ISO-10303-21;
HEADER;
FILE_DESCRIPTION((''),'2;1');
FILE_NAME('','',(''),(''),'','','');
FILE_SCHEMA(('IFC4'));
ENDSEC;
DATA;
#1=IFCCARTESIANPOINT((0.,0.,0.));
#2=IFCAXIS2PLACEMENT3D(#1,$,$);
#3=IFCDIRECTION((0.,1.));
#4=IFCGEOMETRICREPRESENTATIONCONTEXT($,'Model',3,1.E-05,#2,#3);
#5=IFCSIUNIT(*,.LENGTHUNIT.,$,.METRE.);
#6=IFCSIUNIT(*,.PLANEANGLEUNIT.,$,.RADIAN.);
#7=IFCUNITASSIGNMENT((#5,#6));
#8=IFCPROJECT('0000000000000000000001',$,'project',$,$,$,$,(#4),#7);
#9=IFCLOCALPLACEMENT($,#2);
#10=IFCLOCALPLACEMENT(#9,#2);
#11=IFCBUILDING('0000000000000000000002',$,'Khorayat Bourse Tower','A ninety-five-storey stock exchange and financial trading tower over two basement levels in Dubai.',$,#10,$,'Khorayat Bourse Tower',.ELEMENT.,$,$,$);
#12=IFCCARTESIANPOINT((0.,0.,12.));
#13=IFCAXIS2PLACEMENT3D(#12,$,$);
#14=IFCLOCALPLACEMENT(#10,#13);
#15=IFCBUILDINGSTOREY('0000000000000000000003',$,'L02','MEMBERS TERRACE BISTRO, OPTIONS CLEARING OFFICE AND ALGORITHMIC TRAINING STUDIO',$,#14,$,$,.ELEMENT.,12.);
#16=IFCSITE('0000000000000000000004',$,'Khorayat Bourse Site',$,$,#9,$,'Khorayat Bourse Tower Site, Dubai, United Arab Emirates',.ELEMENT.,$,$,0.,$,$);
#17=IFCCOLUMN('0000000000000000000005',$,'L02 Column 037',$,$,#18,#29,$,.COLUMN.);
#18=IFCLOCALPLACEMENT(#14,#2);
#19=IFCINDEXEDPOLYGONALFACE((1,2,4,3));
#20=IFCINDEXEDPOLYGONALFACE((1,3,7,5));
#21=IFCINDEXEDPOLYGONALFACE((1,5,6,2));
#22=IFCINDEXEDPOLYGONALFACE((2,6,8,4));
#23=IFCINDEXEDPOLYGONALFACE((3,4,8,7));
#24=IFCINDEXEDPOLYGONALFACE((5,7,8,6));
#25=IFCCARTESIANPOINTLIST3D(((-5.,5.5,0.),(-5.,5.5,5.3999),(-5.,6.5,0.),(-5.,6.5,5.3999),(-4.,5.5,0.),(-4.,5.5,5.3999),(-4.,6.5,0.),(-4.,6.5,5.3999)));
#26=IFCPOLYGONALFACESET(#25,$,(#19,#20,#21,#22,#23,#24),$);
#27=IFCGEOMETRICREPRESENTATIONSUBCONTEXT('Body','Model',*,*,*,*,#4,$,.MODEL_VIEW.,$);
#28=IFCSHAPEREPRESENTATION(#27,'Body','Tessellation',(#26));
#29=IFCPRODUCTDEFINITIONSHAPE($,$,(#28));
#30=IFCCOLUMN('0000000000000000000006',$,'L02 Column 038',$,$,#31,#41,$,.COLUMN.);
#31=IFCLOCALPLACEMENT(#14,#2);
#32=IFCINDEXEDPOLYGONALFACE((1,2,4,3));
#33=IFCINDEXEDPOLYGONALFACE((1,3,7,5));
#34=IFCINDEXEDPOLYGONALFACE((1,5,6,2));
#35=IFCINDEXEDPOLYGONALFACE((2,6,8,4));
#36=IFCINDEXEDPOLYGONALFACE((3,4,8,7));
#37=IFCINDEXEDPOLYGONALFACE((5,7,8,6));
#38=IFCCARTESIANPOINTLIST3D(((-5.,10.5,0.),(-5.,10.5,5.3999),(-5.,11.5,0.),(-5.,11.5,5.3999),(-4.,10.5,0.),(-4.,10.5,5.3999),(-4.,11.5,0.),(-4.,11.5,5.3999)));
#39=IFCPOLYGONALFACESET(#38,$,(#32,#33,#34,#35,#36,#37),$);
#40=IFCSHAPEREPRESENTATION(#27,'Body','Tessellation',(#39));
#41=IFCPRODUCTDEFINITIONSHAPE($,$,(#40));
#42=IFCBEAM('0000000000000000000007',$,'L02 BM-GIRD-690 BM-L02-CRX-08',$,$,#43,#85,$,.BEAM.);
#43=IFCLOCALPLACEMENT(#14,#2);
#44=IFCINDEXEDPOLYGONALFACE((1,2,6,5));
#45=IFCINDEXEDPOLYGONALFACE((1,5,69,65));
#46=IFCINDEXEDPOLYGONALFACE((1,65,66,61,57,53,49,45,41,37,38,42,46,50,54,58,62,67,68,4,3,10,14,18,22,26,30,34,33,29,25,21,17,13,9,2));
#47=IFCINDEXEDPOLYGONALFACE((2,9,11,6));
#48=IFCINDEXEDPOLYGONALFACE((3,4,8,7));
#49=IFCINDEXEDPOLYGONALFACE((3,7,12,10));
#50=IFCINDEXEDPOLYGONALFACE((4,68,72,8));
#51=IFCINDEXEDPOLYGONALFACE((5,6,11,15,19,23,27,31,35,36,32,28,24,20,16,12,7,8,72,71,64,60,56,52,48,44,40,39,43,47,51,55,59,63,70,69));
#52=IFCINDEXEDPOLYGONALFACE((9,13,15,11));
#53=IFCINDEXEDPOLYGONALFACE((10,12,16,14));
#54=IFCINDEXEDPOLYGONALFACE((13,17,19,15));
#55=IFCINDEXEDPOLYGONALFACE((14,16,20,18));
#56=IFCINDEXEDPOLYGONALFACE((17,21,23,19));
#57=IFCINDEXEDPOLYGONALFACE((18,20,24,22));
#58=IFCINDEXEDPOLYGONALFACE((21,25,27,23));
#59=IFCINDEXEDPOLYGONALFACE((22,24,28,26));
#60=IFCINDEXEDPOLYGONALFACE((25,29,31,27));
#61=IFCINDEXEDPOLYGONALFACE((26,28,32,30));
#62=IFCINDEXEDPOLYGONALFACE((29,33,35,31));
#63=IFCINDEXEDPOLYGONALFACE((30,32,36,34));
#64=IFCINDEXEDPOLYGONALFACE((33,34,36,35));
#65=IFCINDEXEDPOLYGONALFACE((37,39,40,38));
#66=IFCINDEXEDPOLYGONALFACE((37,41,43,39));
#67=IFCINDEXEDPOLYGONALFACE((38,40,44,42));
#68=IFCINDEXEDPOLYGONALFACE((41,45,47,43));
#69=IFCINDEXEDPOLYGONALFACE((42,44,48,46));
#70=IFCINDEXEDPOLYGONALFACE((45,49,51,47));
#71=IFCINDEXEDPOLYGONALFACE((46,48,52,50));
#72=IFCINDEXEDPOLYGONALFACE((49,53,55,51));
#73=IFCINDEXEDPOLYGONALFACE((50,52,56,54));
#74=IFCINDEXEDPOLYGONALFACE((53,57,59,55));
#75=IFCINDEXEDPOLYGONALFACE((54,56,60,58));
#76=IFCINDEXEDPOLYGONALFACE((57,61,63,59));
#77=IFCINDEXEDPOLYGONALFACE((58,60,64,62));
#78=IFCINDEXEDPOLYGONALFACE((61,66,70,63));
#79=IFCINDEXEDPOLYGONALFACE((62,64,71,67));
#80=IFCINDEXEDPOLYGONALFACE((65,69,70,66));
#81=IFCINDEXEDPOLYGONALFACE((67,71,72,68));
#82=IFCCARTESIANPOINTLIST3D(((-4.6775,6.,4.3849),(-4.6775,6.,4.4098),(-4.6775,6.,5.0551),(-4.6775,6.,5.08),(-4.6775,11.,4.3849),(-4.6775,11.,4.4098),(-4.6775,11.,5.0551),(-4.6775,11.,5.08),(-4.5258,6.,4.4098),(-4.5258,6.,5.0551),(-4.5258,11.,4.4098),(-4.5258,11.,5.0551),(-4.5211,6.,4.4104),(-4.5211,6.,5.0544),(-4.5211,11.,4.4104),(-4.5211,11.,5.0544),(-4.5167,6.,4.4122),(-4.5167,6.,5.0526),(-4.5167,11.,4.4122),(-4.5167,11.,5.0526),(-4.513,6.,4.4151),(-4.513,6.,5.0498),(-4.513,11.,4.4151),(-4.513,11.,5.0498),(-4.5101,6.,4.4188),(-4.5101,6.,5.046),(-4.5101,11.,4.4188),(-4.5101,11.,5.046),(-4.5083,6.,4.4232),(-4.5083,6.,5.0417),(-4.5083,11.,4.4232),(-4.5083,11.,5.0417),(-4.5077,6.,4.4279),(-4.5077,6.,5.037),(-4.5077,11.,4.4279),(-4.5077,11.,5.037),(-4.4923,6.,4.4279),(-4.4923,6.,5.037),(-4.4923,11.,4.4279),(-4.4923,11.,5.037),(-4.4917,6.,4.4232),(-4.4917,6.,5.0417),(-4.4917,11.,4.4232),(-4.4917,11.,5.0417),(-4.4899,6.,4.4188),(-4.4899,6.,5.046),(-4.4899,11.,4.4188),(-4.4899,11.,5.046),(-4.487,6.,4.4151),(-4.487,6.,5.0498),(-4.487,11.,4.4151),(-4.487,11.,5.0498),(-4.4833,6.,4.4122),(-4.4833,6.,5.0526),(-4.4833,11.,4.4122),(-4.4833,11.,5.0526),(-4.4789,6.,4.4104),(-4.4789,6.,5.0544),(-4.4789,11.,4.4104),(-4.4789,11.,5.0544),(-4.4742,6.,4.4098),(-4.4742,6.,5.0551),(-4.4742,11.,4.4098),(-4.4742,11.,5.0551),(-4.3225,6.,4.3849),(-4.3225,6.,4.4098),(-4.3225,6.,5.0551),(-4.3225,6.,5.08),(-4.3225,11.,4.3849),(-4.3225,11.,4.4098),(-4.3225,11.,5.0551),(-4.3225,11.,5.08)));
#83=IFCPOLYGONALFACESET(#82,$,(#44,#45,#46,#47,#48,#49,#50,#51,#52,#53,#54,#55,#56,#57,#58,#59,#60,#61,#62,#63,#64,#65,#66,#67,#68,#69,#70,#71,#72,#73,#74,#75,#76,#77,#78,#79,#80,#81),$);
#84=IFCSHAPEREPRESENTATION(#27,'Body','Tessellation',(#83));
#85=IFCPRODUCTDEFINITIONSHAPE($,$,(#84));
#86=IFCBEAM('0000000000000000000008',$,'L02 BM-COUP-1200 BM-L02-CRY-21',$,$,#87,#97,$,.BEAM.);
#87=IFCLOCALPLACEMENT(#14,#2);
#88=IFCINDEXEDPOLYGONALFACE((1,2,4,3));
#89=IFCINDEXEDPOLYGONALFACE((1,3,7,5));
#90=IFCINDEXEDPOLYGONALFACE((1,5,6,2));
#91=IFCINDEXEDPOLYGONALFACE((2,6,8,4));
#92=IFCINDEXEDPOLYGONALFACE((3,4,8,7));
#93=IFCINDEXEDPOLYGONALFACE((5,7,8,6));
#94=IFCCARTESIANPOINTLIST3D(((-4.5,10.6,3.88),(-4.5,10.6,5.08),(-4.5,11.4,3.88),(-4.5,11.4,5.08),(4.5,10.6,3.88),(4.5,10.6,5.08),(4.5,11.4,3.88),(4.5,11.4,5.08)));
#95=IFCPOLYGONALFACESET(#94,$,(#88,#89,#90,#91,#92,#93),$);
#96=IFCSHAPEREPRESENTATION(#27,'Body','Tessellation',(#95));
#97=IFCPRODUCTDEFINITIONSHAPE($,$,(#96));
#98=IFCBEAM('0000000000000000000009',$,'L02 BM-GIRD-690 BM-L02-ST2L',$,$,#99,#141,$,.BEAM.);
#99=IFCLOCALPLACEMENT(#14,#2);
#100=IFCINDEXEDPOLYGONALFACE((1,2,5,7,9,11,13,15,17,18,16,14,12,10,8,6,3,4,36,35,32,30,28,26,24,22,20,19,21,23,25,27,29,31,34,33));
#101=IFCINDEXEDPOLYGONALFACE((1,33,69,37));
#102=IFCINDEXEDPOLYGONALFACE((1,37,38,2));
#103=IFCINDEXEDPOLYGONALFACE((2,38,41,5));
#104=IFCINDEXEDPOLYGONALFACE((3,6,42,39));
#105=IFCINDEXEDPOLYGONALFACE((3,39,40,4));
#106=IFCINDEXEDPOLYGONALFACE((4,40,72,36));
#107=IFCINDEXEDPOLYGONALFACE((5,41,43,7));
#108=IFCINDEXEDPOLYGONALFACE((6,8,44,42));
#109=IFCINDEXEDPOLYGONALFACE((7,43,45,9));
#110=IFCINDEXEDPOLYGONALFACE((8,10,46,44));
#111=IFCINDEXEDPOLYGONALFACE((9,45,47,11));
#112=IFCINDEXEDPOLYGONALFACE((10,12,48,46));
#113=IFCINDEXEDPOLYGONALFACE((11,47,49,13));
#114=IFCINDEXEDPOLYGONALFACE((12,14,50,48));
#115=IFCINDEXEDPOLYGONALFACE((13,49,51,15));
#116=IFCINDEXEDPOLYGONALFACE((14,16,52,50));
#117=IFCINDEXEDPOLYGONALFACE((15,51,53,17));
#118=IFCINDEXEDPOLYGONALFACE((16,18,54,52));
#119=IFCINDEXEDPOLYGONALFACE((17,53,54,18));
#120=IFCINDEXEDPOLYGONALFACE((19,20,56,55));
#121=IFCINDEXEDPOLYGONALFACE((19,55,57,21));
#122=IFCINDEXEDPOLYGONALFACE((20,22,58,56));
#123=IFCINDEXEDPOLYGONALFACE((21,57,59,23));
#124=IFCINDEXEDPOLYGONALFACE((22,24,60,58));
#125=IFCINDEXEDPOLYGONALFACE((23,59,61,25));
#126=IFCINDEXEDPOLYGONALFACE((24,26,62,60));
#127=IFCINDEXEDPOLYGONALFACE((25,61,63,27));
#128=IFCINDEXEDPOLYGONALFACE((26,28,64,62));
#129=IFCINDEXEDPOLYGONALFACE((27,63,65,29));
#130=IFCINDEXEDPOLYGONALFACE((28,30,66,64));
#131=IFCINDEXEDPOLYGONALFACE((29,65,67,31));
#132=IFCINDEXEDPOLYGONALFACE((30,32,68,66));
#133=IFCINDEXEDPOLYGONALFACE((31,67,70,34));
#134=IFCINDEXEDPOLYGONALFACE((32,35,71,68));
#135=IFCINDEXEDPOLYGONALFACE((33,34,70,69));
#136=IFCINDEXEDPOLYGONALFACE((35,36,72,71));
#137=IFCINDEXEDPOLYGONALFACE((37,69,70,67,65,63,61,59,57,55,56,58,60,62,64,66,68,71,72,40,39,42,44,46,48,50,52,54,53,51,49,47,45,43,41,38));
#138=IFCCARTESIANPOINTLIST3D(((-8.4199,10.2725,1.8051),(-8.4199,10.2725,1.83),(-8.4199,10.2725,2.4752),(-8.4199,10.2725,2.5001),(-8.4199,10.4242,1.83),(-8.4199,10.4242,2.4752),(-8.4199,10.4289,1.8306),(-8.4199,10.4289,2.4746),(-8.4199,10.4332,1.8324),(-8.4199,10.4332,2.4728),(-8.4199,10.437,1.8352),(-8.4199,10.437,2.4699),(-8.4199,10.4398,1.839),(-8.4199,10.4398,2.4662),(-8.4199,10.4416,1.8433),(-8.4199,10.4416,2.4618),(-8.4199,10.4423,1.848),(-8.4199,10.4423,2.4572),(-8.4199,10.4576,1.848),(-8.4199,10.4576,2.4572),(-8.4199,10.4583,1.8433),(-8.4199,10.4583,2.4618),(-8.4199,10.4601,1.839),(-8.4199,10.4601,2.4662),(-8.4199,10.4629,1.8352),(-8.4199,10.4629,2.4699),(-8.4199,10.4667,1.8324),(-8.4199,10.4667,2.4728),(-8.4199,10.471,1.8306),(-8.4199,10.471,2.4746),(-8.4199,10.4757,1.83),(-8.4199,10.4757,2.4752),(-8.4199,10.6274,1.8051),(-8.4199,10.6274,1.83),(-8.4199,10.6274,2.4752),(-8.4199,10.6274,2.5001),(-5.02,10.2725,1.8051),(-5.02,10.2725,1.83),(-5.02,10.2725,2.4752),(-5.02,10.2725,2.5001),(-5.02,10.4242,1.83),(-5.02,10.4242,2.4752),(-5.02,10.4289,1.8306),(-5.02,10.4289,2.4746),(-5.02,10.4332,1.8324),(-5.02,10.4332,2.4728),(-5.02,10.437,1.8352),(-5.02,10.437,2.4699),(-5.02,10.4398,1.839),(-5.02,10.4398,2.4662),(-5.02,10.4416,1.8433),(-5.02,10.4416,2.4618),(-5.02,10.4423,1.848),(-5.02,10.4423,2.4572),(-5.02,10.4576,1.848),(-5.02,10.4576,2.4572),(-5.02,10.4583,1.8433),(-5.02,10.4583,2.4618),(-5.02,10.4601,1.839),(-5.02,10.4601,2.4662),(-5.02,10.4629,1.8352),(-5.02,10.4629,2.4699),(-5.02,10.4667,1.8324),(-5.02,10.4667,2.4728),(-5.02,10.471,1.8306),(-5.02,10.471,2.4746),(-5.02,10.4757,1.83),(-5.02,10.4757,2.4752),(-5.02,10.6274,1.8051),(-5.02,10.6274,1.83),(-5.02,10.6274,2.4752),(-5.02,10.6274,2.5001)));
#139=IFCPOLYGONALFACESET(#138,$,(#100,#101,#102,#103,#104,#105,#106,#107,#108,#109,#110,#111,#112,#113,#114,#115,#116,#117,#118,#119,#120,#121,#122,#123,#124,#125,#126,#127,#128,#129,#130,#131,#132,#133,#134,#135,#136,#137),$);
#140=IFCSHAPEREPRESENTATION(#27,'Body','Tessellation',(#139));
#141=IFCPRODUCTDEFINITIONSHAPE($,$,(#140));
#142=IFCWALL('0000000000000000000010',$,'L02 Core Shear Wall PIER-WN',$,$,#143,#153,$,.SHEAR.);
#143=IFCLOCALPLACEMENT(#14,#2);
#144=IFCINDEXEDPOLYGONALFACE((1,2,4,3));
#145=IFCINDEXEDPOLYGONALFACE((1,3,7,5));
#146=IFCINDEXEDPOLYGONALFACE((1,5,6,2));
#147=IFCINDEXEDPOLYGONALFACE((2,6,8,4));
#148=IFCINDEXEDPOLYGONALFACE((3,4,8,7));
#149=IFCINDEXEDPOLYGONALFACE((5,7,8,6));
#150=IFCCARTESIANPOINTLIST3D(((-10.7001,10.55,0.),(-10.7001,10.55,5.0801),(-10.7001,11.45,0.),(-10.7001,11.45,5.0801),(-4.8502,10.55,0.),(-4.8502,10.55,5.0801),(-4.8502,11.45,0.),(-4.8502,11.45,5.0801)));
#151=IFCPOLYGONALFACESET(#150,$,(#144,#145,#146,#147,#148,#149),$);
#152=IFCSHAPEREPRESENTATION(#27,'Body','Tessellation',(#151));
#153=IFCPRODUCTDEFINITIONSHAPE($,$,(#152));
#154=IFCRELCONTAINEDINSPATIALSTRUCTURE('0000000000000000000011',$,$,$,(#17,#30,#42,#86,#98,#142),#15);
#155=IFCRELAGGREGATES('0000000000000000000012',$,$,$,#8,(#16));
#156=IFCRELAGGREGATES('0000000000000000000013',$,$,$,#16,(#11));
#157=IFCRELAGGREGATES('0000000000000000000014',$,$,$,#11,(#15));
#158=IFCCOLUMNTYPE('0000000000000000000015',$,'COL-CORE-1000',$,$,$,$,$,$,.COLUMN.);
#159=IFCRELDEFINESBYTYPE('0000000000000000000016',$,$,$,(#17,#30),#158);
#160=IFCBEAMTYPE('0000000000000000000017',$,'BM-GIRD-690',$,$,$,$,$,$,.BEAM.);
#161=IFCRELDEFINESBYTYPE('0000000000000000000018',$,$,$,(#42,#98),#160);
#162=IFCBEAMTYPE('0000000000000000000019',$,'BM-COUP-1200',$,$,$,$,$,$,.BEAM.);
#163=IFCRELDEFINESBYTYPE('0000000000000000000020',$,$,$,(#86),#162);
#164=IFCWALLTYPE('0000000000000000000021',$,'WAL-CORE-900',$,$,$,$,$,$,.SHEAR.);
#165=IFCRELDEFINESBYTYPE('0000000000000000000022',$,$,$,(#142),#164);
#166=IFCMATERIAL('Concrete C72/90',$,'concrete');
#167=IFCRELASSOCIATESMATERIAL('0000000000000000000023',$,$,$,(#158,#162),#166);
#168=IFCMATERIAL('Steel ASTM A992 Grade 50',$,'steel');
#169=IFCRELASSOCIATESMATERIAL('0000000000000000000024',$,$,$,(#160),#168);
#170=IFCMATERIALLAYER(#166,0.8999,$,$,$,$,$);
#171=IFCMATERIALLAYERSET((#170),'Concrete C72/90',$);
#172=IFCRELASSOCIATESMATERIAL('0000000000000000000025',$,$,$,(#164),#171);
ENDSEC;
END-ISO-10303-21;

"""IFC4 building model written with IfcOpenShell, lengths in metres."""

from ifc_helpers import new_model, si_unit, direction, frame, frame_2d, origin, origin_2d, place, context, subcontext, project, spatial, rectangle, i_section, extrude, source, transform, mapped, material, layer, layer_set, material_profile, profile_set, type_object, element, save


model = new_model("IFC4")

# Units and contexts
model_context = context("Model", 3, precision=1e-05, world=origin(), true_north=direction((0.0, 1.0)))
body_context = subcontext(model_context, "Body", "Model", "MODEL_VIEW")
ifc_project = project(units=[si_unit("LENGTHUNIT", "METRE"), si_unit("PLANEANGLEUNIT", "RADIAN")], contexts=[model_context])

# Site, building, storey
site_placement = place(None, origin())
site = spatial("IfcSite", under=ifc_project, at=site_placement, Name="Khorayat Bourse Site", LongName="Khorayat Bourse Tower Site, Dubai, United Arab Emirates", CompositionType="ELEMENT", RefElevation=0.0)
building_placement = place(site_placement, origin())
building = spatial("IfcBuilding", under=site, at=building_placement, Name="Khorayat Bourse Tower", Description="A ninety-five-storey stock exchange and financial trading tower over two basement levels in Dubai.", LongName="Khorayat Bourse Tower", CompositionType="ELEMENT")
storey_placement = place(building_placement, frame((0.0, 0.0, 12.0)))
storey = spatial("IfcBuildingStorey", under=building, at=storey_placement, Name="L02", Description="MEMBERS TERRACE BISTRO, OPTIONS CLEARING OFFICE AND ALGORITHMIC TRAINING STUDIO", CompositionType="ELEMENT", Elevation=12.0)

# Columns
ifc_material_1 = material(Name="Concrete C72/90", Category="concrete")
ifc_material_profile_1 = material_profile(ifc_material_1, rectangle(XDim=1.0, YDim=1.0, at=origin_2d()), Name="RC 1000x1000")
ifc_profile_set_1 = profile_set([ifc_material_profile_1], Name="Concrete C72/90")
column_type = type_object("IfcColumnType", Name="COL-CORE-1000", PredefinedType="COLUMN", material=ifc_profile_set_1)
shared_shape_1 = source(origin(), body_context, "Body", "SweptSolid", [
    extrude(rectangle(XDim=1.0, YDim=1.0, at=origin_2d()), origin(), (0.0, 0.0, 1.0), 5.3999),
])
for number, where, z_axis, x_axis, name in (
    (1, (-4.5, 6.0, 0.0), (0.0, 0.0, 1.0), (1.0, 0.0, 0.0), "L02 Column 037"),
    (2, (-4.5, 11.0, 0.0), (0.0, 0.0, 1.0), (1.0, 0.0, 0.0), "L02 Column 038"),
):
    element("IfcColumn", number, at=place(storey_placement, frame(where, z_axis=z_axis, x_axis=x_axis)), inside=storey, type_object=column_type, Name=name, PredefinedType="COLUMN", context=body_context, shape_type="MappedRepresentation", body=[
        mapped(shared_shape_1, transform((0.0, 0.0, 0.0), scale=1.0)),
    ])

# Beams
ifc_material_2 = material(Name="Steel ASTM A992 Grade 50", Category="steel")
ifc_material_profile_2 = material_profile(ifc_material_2, i_section(OverallWidth=0.355, OverallDepth=0.6951, WebThickness=0.0154, FlangeThickness=0.0249, FilletRadius=0.0181, at=origin_2d()), Name="W690X217")
ifc_profile_set_2 = profile_set([ifc_material_profile_2], Name="Steel ASTM A992 Grade 50")
beam_type_1 = type_object("IfcBeamType", Name="BM-GIRD-690", PredefinedType="BEAM", material=ifc_profile_set_2)
shared_shape_2 = source(origin(), body_context, "Body", "SweptSolid", [
    extrude(i_section(OverallWidth=0.355, OverallDepth=0.6951, WebThickness=0.0154, FlangeThickness=0.0249, FilletRadius=0.0181, at=origin_2d()), origin(), (0.0, 0.0, 1.0), 5.0),
])
beam_1_placement = place(storey_placement, frame((-4.5, 6.0, 4.7324), z_axis=(0.0, 1.0, 0.0), x_axis=(-1.0, 0.0, 0.0)))
element("IfcBeam", 3, at=beam_1_placement, inside=storey, type_object=beam_type_1, Name="L02 BM-GIRD-690 BM-L02-CRX-08", PredefinedType="BEAM", context=body_context, shape_type="MappedRepresentation", body=[
    mapped(shared_shape_2, transform((0.0, 0.0, 0.0), scale=1.0)),
])
ifc_material_profile_3 = material_profile(ifc_material_1, rectangle(XDim=0.8, YDim=1.2, at=origin_2d()), Name="RC 800x1200")
ifc_profile_set_3 = profile_set([ifc_material_profile_3], Name="Concrete C72/90")
beam_type_2 = type_object("IfcBeamType", Name="BM-COUP-1200", PredefinedType="BEAM", material=ifc_profile_set_3)
shared_shape_3 = source(origin(), body_context, "Body", "SweptSolid", [
    extrude(rectangle(XDim=0.8, YDim=1.2, at=origin_2d()), origin(), (0.0, 0.0, 1.0), 9.0),
])
beam_2_placement = place(storey_placement, frame((-4.5, 11.0, 4.48), z_axis=(1.0, 0.0, 0.0), x_axis=(0.0, 1.0, 0.0)))
element("IfcBeam", 4, at=beam_2_placement, inside=storey, type_object=beam_type_2, Name="L02 BM-COUP-1200 BM-L02-CRY-21", PredefinedType="BEAM", context=body_context, shape_type="MappedRepresentation", body=[
    mapped(shared_shape_3, transform((0.0, 0.0, 0.0), scale=1.0)),
])
shared_shape_4 = source(origin(), body_context, "Body", "SweptSolid", [
    extrude(i_section(OverallWidth=0.355, OverallDepth=0.6951, WebThickness=0.0154, FlangeThickness=0.0249, FilletRadius=0.0181, at=origin_2d()), origin(), (0.0, 0.0, 1.0), 3.3999),
])
beam_3_placement = place(storey_placement, frame((-8.4199, 10.45, 2.1526), z_axis=(1.0, 0.0, 0.0), x_axis=(0.0, 1.0, 0.0)))
element("IfcBeam", 5, at=beam_3_placement, inside=storey, type_object=beam_type_1, Name="L02 BM-GIRD-690 BM-L02-ST2L", PredefinedType="BEAM", context=body_context, shape_type="MappedRepresentation", body=[
    mapped(shared_shape_4, transform((0.0, 0.0, 0.0), scale=1.0)),
])

# Wall
ifc_layer_1 = layer(ifc_material_1, 0.8999)
ifc_layer_set_1 = layer_set([ifc_layer_1], Name="Concrete C72/90")
wall_type_1 = type_object("IfcWallType", Name="WAL-CORE-900", PredefinedType="SHEAR", material=ifc_layer_set_1)
shared_shape_5 = source(origin(), body_context, "Body", "SweptSolid", [
    extrude(rectangle(XDim=5.8499, YDim=0.8999, at=frame_2d((2.9248, 0.0))), origin(), (0.0, 0.0, 1.0), 5.0801),
])
wall_1_placement = place(storey_placement, frame((-10.7, 11.0, 0.0), z_axis=(0.0, 0.0, 1.0), x_axis=(1.0, 0.0, 0.0)))
element("IfcWall", 6, at=wall_1_placement, inside=storey, type_object=wall_type_1, Name="L02 Core Shear Wall PIER-WN", PredefinedType="SHEAR", context=body_context, shape_type="MappedRepresentation", body=[
    mapped(shared_shape_5, transform((0.0, 0.0, 0.0), scale=1.0)),
])

save(model, "model.ifc")
